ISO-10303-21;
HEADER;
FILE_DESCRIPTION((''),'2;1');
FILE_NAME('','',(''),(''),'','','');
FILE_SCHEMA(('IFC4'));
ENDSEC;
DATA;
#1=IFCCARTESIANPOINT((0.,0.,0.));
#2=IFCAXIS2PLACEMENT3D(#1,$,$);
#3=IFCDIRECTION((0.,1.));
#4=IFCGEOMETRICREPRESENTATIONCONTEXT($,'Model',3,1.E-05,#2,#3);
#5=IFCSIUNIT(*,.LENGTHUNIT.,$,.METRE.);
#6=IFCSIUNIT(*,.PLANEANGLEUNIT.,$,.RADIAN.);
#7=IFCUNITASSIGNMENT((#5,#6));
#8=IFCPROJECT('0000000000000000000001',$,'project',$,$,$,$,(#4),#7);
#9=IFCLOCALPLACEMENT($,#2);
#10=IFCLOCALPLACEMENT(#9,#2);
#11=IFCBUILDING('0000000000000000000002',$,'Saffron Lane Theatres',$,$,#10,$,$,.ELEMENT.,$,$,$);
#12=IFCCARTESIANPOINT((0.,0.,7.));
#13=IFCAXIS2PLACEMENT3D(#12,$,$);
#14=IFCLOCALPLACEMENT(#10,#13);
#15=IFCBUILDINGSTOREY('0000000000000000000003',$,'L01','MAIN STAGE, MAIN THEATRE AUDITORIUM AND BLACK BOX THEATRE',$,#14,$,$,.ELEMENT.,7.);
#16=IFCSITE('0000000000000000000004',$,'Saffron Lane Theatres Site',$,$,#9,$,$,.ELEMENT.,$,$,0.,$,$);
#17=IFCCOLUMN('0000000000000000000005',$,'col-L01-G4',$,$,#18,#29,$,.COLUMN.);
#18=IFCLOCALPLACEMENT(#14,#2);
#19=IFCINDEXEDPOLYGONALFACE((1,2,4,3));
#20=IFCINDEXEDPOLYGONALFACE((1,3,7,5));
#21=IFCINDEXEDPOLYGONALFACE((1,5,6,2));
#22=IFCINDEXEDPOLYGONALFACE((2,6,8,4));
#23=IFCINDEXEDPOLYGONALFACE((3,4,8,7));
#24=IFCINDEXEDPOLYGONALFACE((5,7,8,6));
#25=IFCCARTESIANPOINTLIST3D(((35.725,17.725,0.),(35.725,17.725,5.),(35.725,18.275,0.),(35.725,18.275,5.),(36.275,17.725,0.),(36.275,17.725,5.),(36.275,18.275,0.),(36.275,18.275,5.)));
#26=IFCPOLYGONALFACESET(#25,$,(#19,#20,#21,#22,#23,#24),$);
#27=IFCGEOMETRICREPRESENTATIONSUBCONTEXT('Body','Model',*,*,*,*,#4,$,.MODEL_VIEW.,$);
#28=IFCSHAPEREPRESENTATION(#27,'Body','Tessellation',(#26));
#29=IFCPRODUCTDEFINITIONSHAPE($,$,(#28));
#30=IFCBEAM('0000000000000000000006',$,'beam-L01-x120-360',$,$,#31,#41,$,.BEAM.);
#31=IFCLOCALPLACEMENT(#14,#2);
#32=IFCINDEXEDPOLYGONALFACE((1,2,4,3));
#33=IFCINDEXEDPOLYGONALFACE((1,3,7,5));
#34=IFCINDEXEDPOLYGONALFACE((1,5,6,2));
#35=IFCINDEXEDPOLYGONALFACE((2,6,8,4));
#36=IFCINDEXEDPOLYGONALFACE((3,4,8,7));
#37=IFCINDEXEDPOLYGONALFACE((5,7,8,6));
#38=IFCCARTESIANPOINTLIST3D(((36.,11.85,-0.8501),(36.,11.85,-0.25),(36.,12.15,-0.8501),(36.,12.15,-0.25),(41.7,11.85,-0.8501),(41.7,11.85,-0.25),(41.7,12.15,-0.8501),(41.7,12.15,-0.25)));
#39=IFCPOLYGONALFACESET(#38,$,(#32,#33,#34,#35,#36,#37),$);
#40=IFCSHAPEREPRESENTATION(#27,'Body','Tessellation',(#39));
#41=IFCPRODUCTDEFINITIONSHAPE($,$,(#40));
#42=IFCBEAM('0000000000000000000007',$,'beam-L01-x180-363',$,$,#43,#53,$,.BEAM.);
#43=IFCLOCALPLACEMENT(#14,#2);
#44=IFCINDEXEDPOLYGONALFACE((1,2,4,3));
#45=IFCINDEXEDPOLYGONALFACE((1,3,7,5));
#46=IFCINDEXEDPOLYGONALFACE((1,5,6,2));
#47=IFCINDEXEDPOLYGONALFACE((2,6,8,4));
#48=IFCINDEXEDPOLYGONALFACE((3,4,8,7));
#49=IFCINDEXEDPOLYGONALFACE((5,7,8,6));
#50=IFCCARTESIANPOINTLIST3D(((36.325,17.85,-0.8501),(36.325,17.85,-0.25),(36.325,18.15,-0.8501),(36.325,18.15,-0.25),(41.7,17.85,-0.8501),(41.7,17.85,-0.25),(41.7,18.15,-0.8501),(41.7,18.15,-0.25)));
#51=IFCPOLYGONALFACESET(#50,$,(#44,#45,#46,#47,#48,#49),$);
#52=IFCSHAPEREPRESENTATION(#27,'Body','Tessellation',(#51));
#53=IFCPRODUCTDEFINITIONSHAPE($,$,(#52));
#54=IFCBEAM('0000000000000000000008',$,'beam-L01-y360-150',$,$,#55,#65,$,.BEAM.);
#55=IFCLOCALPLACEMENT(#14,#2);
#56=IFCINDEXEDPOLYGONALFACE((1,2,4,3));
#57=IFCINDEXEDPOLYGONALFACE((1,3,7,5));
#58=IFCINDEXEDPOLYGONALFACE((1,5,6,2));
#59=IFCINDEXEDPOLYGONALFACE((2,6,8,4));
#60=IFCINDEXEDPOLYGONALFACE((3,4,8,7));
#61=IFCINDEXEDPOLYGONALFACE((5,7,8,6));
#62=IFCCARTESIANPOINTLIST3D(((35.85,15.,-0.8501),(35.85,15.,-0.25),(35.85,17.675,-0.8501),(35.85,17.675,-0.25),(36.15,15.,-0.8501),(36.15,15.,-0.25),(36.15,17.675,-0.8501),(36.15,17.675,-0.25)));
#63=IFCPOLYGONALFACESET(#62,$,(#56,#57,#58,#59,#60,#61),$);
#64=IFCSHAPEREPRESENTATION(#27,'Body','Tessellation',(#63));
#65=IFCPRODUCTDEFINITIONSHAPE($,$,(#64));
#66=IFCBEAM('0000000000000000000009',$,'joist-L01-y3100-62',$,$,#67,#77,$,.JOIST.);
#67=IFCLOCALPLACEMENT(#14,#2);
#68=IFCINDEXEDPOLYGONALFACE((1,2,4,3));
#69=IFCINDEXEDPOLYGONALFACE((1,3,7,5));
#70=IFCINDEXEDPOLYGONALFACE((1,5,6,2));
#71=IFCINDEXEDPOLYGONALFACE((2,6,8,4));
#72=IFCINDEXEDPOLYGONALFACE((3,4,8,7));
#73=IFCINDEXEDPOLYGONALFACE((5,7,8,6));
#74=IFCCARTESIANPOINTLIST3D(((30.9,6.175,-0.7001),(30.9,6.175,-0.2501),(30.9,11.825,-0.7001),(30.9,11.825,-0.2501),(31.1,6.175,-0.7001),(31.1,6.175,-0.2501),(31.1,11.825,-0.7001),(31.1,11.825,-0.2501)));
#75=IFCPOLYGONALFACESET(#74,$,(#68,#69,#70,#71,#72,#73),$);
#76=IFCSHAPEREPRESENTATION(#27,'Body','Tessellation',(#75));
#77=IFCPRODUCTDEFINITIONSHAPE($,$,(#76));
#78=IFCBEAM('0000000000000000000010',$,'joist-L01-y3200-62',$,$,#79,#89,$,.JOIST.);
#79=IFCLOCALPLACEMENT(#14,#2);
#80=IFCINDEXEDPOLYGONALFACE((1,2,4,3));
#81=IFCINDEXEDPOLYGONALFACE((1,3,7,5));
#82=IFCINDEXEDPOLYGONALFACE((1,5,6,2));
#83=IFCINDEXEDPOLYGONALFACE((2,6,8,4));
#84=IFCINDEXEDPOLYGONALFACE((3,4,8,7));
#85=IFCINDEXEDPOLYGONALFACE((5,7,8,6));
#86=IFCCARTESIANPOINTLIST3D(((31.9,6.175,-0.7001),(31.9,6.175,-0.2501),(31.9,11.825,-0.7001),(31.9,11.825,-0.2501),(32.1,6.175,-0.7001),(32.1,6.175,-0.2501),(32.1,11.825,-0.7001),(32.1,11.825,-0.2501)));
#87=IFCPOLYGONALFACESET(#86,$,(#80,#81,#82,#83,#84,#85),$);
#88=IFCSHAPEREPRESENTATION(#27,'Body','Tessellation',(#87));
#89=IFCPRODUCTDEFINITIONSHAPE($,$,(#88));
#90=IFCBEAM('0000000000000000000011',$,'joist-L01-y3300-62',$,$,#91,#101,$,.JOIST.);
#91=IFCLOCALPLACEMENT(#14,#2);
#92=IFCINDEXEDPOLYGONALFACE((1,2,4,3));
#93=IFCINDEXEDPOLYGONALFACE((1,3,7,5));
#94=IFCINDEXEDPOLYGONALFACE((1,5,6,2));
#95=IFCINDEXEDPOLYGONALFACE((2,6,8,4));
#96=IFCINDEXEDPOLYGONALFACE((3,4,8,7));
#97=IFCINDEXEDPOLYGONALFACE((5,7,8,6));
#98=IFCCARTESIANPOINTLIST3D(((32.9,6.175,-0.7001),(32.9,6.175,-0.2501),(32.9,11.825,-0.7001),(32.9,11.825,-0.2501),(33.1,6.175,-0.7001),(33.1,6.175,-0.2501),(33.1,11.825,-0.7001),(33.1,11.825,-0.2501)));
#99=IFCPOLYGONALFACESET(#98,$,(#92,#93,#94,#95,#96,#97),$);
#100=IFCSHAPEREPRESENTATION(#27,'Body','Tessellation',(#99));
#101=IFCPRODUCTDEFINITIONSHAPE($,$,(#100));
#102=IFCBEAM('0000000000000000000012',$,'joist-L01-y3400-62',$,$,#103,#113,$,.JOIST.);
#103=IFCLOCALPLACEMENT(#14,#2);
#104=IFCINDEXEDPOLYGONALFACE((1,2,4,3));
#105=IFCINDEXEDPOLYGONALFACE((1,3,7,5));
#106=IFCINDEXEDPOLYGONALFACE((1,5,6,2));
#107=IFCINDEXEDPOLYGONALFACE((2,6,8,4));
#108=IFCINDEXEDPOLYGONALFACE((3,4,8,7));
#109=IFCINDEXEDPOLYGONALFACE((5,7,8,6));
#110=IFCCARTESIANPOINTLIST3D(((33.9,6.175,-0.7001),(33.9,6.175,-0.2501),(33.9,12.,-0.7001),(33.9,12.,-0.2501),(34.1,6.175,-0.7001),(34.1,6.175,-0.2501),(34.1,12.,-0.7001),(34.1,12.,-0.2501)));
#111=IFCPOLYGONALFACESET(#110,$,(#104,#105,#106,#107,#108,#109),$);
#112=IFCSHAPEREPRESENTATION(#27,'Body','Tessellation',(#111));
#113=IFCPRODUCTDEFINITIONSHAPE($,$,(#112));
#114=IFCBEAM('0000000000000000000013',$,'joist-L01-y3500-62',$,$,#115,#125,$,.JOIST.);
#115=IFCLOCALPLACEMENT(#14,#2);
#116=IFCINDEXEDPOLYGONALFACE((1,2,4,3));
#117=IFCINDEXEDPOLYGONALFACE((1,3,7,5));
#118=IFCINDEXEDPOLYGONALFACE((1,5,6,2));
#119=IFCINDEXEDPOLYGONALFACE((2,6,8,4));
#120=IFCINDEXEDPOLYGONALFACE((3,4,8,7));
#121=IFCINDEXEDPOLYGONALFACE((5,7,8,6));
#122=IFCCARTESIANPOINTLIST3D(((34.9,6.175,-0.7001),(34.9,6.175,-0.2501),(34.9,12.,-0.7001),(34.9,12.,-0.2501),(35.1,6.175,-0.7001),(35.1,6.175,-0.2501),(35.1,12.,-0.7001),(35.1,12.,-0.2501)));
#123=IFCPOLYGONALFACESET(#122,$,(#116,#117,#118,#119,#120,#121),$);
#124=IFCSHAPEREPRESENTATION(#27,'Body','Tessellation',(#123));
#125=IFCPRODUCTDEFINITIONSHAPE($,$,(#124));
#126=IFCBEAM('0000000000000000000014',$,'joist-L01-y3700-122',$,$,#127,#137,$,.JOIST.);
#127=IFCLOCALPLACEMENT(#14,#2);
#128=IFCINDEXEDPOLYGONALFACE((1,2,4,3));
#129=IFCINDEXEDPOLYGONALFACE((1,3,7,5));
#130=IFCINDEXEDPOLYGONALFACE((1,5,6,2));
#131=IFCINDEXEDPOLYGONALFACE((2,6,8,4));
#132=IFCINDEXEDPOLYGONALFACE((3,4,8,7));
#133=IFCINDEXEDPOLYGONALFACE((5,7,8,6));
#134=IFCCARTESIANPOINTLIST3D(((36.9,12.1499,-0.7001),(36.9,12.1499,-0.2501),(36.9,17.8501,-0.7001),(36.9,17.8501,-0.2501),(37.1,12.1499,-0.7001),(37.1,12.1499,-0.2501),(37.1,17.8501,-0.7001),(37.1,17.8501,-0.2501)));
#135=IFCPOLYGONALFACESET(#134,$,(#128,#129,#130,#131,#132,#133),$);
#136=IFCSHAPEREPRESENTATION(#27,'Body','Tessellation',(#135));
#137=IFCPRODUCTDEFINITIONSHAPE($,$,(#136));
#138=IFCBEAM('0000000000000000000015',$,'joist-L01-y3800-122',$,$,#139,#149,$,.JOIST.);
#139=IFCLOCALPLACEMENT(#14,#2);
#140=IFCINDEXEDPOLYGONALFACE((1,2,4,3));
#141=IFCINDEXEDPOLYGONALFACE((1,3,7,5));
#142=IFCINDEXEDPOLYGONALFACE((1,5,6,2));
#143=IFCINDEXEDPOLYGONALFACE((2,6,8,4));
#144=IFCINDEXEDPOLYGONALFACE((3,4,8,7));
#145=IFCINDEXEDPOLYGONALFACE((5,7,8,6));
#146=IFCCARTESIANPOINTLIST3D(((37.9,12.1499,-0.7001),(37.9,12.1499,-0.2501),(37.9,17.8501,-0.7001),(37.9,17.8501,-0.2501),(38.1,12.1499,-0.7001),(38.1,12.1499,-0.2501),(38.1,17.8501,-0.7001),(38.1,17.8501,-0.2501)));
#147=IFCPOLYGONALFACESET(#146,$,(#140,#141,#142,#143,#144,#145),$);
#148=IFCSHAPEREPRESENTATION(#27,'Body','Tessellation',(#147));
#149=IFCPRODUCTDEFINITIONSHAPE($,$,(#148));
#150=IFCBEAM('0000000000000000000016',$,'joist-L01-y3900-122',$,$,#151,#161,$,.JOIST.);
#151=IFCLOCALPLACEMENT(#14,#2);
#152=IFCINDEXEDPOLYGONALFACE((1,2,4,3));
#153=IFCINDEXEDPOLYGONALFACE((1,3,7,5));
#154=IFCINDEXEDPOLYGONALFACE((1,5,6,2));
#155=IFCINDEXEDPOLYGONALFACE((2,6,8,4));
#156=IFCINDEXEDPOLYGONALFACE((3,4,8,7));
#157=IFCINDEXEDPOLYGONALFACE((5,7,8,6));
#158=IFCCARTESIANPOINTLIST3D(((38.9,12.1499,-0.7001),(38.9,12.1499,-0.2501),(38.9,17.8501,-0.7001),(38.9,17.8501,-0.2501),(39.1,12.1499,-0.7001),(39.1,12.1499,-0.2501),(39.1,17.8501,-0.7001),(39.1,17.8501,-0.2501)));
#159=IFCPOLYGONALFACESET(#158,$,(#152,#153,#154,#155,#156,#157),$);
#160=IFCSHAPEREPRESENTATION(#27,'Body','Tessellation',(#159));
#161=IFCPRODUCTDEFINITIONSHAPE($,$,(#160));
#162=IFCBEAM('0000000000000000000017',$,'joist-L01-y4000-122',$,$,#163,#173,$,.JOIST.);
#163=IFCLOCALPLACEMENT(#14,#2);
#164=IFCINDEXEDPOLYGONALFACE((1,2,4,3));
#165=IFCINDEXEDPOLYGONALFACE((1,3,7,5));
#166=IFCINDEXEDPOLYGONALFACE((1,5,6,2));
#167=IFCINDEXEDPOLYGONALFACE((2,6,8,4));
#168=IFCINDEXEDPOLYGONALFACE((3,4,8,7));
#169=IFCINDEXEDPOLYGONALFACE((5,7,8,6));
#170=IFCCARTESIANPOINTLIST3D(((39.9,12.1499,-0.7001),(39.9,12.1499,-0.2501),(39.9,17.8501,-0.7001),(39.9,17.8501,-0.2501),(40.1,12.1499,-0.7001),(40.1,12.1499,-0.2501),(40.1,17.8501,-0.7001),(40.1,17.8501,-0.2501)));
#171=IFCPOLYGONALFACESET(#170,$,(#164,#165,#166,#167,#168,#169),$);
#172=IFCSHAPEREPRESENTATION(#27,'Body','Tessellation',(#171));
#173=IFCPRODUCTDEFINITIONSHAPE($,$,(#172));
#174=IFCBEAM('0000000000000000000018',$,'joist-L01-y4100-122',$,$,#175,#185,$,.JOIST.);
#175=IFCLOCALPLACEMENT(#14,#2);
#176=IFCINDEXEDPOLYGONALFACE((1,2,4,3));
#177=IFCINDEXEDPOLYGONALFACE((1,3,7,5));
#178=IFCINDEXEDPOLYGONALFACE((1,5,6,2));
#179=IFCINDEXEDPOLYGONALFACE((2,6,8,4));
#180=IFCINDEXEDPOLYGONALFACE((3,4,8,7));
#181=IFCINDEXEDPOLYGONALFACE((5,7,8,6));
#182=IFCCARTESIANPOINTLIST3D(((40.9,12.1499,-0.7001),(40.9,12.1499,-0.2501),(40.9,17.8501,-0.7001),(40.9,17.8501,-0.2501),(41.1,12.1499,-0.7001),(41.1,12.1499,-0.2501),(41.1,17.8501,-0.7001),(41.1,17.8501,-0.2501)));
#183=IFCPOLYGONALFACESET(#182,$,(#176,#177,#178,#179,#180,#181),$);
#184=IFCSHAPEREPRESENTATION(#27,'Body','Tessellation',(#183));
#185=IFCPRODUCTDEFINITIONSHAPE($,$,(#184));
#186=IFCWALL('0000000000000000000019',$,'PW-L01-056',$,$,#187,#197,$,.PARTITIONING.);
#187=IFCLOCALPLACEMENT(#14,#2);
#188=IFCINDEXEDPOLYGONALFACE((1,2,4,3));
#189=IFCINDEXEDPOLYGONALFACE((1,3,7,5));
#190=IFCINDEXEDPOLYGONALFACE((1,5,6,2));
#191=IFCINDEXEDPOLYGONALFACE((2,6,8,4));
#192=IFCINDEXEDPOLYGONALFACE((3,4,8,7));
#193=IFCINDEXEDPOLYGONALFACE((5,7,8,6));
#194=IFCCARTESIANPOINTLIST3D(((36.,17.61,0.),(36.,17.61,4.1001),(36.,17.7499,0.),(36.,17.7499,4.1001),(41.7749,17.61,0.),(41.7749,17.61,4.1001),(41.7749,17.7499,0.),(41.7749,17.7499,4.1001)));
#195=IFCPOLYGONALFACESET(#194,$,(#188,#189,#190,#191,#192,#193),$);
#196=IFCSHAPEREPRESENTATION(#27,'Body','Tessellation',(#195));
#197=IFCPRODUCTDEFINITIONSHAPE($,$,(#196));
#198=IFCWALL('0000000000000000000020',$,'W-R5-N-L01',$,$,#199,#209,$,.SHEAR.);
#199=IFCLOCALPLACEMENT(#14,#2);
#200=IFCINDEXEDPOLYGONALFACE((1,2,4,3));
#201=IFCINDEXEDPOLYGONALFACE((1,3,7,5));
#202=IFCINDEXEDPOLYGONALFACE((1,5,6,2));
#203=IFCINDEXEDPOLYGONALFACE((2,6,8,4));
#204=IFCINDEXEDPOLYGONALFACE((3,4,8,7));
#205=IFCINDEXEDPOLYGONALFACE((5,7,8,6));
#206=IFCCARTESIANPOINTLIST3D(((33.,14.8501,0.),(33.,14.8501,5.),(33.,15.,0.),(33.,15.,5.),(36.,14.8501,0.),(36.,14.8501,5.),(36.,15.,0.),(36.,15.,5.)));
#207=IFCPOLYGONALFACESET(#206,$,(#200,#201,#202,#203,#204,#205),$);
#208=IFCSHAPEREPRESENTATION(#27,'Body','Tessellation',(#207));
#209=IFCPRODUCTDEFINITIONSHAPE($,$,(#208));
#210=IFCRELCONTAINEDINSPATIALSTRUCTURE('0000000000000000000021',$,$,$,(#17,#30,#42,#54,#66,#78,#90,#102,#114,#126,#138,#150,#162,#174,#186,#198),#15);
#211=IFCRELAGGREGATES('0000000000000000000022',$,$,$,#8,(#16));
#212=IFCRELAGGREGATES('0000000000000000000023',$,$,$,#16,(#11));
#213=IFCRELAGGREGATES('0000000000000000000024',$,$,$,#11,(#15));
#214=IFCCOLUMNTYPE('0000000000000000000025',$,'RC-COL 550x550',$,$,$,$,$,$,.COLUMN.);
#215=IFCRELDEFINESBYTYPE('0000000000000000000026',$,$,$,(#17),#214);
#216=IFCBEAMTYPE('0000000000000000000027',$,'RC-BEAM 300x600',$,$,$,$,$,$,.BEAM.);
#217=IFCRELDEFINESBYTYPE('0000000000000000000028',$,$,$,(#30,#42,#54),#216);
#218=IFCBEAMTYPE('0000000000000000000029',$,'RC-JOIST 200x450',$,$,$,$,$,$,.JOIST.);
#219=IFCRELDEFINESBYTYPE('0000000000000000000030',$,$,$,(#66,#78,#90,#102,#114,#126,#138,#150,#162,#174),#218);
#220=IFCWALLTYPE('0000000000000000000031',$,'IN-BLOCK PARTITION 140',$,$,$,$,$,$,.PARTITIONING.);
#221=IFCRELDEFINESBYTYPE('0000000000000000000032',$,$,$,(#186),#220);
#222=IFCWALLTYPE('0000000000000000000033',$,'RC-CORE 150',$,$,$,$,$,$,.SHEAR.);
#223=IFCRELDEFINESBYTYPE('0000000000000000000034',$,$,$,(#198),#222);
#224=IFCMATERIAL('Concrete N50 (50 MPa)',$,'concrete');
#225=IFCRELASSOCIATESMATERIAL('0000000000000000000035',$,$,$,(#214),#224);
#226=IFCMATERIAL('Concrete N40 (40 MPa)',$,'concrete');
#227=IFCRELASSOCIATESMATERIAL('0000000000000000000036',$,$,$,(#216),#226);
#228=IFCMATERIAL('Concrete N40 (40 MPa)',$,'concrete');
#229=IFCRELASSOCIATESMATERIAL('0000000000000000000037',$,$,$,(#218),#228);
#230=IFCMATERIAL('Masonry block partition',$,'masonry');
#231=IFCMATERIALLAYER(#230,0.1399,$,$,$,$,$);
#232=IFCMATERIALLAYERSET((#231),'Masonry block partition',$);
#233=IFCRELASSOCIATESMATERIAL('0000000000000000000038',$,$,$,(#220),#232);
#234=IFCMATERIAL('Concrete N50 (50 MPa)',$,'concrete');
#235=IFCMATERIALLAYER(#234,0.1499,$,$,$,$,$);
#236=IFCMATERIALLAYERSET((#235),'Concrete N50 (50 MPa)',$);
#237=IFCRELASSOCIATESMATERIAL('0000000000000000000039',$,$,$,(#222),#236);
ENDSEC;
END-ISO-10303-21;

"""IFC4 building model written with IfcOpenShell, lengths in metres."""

from ifc_helpers import new_model, si_unit, direction, frame, frame_2d, origin, origin_2d, place, context, subcontext, project, spatial, rectangle, extrude, material, layer, layer_set, material_profile, profile_set, type_object, element, save


model = new_model("IFC4")

# Units and contexts
model_context = context("Model", 3, precision=1e-05, world=origin(), true_north=direction((0.0, 1.0)))
body_context = subcontext(model_context, "Body", "Model", "MODEL_VIEW")
ifc_project = project(units=[si_unit("LENGTHUNIT", "METRE"), si_unit("PLANEANGLEUNIT", "RADIAN")], contexts=[model_context])

# Site, building, storey
site_placement = place(None, origin())
site = spatial("IfcSite", under=ifc_project, at=site_placement, Name="Saffron Lane Theatres Site", CompositionType="ELEMENT", RefElevation=0.0)
building_placement = place(site_placement, origin())
building = spatial("IfcBuilding", under=site, at=building_placement, Name="Saffron Lane Theatres", CompositionType="ELEMENT")
storey_placement = place(building_placement, frame((0.0, 0.0, 7.0)))
storey = spatial("IfcBuildingStorey", under=building, at=storey_placement, Name="L01", Description="MAIN STAGE, MAIN THEATRE AUDITORIUM AND BLACK BOX THEATRE", CompositionType="ELEMENT", Elevation=7.0)

# Column
ifc_material_1 = material(Name="Concrete N50 (50 MPa)", Category="concrete")
ifc_material_profile_1 = material_profile(ifc_material_1, rectangle(XDim=0.55, YDim=0.55, at=origin_2d()))
ifc_profile_set_1 = profile_set([ifc_material_profile_1], Name="Concrete N50 (50 MPa)")
column_type = type_object("IfcColumnType", Name="RC-COL 550x550", PredefinedType="COLUMN", material=ifc_profile_set_1)
column_placement = place(storey_placement, frame((36.0, 18.0, 0.0), z_axis=(0.0, 0.0, 1.0), x_axis=(1.0, 0.0, 0.0)))
element("IfcColumn", 1, at=column_placement, inside=storey, type_object=column_type, Name="col-L01-G4", PredefinedType="COLUMN", context=body_context, shape_type="SweptSolid", body=[
    extrude(rectangle(XDim=0.55, YDim=0.55, at=origin_2d()), origin(), (0.0, 0.0, 1.0), 5.0),
])

# Beams
ifc_material_2 = material(Name="Concrete N40 (40 MPa)", Category="concrete")
ifc_material_profile_2 = material_profile(ifc_material_2, rectangle(XDim=0.3, YDim=0.6001, at=origin_2d()))
ifc_profile_set_2 = profile_set([ifc_material_profile_2], Name="Concrete N40 (40 MPa)")
beam_type_1 = type_object("IfcBeamType", Name="RC-BEAM 300x600", PredefinedType="BEAM", material=ifc_profile_set_2)
beam_1_placement = place(storey_placement, frame((36.0, 12.0, -0.55), z_axis=(1.0, 0.0, 0.0), x_axis=(0.0, 1.0, 0.0)))
element("IfcBeam", 2, at=beam_1_placement, inside=storey, type_object=beam_type_1, Name="beam-L01-x120-360", PredefinedType="BEAM", context=body_context, shape_type="SweptSolid", body=[
    extrude(rectangle(XDim=0.3, YDim=0.6001, at=origin_2d()), origin(), (0.0, 0.0, 1.0), 5.7),
])
beam_2_placement = place(storey_placement, frame((36.325, 18.0, -0.55), z_axis=(1.0, 0.0, 0.0), x_axis=(0.0, 1.0, 0.0)))
element("IfcBeam", 3, at=beam_2_placement, inside=storey, type_object=beam_type_1, Name="beam-L01-x180-363", PredefinedType="BEAM", context=body_context, shape_type="SweptSolid", body=[
    extrude(rectangle(XDim=0.3, YDim=0.6001, at=origin_2d()), origin(), (0.0, 0.0, 1.0), 5.375),
])
beam_3_placement = place(storey_placement, frame((36.0, 15.0, -0.55), z_axis=(0.0, 1.0, 0.0), x_axis=(-1.0, 0.0, 0.0)))
element("IfcBeam", 4, at=beam_3_placement, inside=storey, type_object=beam_type_1, Name="beam-L01-y360-150", PredefinedType="BEAM", context=body_context, shape_type="SweptSolid", body=[
    extrude(rectangle(XDim=0.3, YDim=0.6001, at=origin_2d()), origin(), (0.0, 0.0, 1.0), 2.675),
])
ifc_material_3 = material(Name="Concrete N40 (40 MPa)", Category="concrete")
ifc_material_profile_3 = material_profile(ifc_material_3, rectangle(XDim=0.2, YDim=0.45, at=origin_2d()))
ifc_profile_set_3 = profile_set([ifc_material_profile_3], Name="Concrete N40 (40 MPa)")
beam_type_2 = type_object("IfcBeamType", Name="RC-JOIST 200x450", PredefinedType="JOIST", material=ifc_profile_set_3)
for number, where, z_axis, x_axis, name in (
    (5, (31.0, 6.175, -0.4751), (0.0, 1.0, 0.0), (-1.0, 0.0, 0.0), "joist-L01-y3100-62"),
    (6, (32.0, 6.175, -0.4751), (0.0, 1.0, 0.0), (-1.0, 0.0, 0.0), "joist-L01-y3200-62"),
    (7, (33.0, 6.175, -0.4751), (0.0, 1.0, 0.0), (-1.0, 0.0, 0.0), "joist-L01-y3300-62"),
):
    element("IfcBeam", number, at=place(storey_placement, frame(where, z_axis=z_axis, x_axis=x_axis)), inside=storey, type_object=beam_type_2, Name=name, PredefinedType="JOIST", context=body_context, shape_type="SweptSolid", body=[
        extrude(rectangle(XDim=0.2, YDim=0.45, at=origin_2d()), origin(), (0.0, 0.0, 1.0), 5.6499),
    ])
for number, where, z_axis, x_axis, name in (
    (8, (34.0, 6.175, -0.4751), (0.0, 1.0, 0.0), (-1.0, 0.0, 0.0), "joist-L01-y3400-62"),
    (9, (35.0, 6.175, -0.4751), (0.0, 1.0, 0.0), (-1.0, 0.0, 0.0), "joist-L01-y3500-62"),
):
    element("IfcBeam", number, at=place(storey_placement, frame(where, z_axis=z_axis, x_axis=x_axis)), inside=storey, type_object=beam_type_2, Name=name, PredefinedType="JOIST", context=body_context, shape_type="SweptSolid", body=[
        extrude(rectangle(XDim=0.2, YDim=0.45, at=origin_2d()), origin(), (0.0, 0.0, 1.0), 5.825),
    ])
for number, where, z_axis, x_axis, name in (
    (10, (37.0, 12.1499, -0.4751), (0.0, 1.0, 0.0), (-1.0, 0.0, 0.0), "joist-L01-y3700-122"),
    (11, (38.0, 12.1499, -0.4751), (0.0, 1.0, 0.0), (-1.0, 0.0, 0.0), "joist-L01-y3800-122"),
    (12, (39.0, 12.1499, -0.4751), (0.0, 1.0, 0.0), (-1.0, 0.0, 0.0), "joist-L01-y3900-122"),
    (13, (40.0, 12.1499, -0.4751), (0.0, 1.0, 0.0), (-1.0, 0.0, 0.0), "joist-L01-y4000-122"),
    (14, (41.0, 12.1499, -0.4751), (0.0, 1.0, 0.0), (-1.0, 0.0, 0.0), "joist-L01-y4100-122"),
):
    element("IfcBeam", number, at=place(storey_placement, frame(where, z_axis=z_axis, x_axis=x_axis)), inside=storey, type_object=beam_type_2, Name=name, PredefinedType="JOIST", context=body_context, shape_type="SweptSolid", body=[
        extrude(rectangle(XDim=0.2, YDim=0.45, at=origin_2d()), origin(), (0.0, 0.0, 1.0), 5.7002),
    ])

# Walls
ifc_material_4 = material(Name="Masonry block partition", Category="masonry")
ifc_layer_1 = layer(ifc_material_4, 0.1399)
ifc_layer_set_1 = layer_set([ifc_layer_1], Name="Masonry block partition")
wall_type_1 = type_object("IfcWallType", Name="IN-BLOCK PARTITION 140", PredefinedType="PARTITIONING", material=ifc_layer_set_1)
wall_placement = place(storey_placement, frame((36.0, 17.6799, 0.0), z_axis=(0.0, 0.0, 1.0), x_axis=(1.0, 0.0, 0.0)))
element("IfcWall", 15, at=wall_placement, inside=storey, type_object=wall_type_1, Name="PW-L01-056", PredefinedType="PARTITIONING", context=body_context, shape_type="SweptSolid", body=[
    extrude(rectangle(XDim=5.7749, YDim=0.1399, at=frame_2d((2.8875, 0.0))), origin(), (0.0, 0.0, 1.0), 4.1001),
])
ifc_material_5 = material(Name="Concrete N50 (50 MPa)", Category="concrete")
ifc_layer_2 = layer(ifc_material_5, 0.1499)
ifc_layer_set_2 = layer_set([ifc_layer_2], Name="Concrete N50 (50 MPa)")
wall_type_2 = type_object("IfcWallType", Name="RC-CORE 150", PredefinedType="SHEAR", material=ifc_layer_set_2)
for number, where, z_axis, x_axis, name in (
    (16, (33.0, 14.925, 0.0), (0.0, 0.0, 1.0), (1.0, 0.0, 0.0), "W-R5-N-L01"),
):
    element("IfcWall", number, at=place(storey_placement, frame(where, z_axis=z_axis, x_axis=x_axis)), inside=storey, type_object=wall_type_2, Name=name, PredefinedType="SHEAR", context=body_context, shape_type="SweptSolid", body=[
        extrude(rectangle(XDim=3.0, YDim=0.1499, at=frame_2d((1.5, 0.0))), origin(), (0.0, 0.0, 1.0), 5.0),
    ])

save(model, "model.ifc")
